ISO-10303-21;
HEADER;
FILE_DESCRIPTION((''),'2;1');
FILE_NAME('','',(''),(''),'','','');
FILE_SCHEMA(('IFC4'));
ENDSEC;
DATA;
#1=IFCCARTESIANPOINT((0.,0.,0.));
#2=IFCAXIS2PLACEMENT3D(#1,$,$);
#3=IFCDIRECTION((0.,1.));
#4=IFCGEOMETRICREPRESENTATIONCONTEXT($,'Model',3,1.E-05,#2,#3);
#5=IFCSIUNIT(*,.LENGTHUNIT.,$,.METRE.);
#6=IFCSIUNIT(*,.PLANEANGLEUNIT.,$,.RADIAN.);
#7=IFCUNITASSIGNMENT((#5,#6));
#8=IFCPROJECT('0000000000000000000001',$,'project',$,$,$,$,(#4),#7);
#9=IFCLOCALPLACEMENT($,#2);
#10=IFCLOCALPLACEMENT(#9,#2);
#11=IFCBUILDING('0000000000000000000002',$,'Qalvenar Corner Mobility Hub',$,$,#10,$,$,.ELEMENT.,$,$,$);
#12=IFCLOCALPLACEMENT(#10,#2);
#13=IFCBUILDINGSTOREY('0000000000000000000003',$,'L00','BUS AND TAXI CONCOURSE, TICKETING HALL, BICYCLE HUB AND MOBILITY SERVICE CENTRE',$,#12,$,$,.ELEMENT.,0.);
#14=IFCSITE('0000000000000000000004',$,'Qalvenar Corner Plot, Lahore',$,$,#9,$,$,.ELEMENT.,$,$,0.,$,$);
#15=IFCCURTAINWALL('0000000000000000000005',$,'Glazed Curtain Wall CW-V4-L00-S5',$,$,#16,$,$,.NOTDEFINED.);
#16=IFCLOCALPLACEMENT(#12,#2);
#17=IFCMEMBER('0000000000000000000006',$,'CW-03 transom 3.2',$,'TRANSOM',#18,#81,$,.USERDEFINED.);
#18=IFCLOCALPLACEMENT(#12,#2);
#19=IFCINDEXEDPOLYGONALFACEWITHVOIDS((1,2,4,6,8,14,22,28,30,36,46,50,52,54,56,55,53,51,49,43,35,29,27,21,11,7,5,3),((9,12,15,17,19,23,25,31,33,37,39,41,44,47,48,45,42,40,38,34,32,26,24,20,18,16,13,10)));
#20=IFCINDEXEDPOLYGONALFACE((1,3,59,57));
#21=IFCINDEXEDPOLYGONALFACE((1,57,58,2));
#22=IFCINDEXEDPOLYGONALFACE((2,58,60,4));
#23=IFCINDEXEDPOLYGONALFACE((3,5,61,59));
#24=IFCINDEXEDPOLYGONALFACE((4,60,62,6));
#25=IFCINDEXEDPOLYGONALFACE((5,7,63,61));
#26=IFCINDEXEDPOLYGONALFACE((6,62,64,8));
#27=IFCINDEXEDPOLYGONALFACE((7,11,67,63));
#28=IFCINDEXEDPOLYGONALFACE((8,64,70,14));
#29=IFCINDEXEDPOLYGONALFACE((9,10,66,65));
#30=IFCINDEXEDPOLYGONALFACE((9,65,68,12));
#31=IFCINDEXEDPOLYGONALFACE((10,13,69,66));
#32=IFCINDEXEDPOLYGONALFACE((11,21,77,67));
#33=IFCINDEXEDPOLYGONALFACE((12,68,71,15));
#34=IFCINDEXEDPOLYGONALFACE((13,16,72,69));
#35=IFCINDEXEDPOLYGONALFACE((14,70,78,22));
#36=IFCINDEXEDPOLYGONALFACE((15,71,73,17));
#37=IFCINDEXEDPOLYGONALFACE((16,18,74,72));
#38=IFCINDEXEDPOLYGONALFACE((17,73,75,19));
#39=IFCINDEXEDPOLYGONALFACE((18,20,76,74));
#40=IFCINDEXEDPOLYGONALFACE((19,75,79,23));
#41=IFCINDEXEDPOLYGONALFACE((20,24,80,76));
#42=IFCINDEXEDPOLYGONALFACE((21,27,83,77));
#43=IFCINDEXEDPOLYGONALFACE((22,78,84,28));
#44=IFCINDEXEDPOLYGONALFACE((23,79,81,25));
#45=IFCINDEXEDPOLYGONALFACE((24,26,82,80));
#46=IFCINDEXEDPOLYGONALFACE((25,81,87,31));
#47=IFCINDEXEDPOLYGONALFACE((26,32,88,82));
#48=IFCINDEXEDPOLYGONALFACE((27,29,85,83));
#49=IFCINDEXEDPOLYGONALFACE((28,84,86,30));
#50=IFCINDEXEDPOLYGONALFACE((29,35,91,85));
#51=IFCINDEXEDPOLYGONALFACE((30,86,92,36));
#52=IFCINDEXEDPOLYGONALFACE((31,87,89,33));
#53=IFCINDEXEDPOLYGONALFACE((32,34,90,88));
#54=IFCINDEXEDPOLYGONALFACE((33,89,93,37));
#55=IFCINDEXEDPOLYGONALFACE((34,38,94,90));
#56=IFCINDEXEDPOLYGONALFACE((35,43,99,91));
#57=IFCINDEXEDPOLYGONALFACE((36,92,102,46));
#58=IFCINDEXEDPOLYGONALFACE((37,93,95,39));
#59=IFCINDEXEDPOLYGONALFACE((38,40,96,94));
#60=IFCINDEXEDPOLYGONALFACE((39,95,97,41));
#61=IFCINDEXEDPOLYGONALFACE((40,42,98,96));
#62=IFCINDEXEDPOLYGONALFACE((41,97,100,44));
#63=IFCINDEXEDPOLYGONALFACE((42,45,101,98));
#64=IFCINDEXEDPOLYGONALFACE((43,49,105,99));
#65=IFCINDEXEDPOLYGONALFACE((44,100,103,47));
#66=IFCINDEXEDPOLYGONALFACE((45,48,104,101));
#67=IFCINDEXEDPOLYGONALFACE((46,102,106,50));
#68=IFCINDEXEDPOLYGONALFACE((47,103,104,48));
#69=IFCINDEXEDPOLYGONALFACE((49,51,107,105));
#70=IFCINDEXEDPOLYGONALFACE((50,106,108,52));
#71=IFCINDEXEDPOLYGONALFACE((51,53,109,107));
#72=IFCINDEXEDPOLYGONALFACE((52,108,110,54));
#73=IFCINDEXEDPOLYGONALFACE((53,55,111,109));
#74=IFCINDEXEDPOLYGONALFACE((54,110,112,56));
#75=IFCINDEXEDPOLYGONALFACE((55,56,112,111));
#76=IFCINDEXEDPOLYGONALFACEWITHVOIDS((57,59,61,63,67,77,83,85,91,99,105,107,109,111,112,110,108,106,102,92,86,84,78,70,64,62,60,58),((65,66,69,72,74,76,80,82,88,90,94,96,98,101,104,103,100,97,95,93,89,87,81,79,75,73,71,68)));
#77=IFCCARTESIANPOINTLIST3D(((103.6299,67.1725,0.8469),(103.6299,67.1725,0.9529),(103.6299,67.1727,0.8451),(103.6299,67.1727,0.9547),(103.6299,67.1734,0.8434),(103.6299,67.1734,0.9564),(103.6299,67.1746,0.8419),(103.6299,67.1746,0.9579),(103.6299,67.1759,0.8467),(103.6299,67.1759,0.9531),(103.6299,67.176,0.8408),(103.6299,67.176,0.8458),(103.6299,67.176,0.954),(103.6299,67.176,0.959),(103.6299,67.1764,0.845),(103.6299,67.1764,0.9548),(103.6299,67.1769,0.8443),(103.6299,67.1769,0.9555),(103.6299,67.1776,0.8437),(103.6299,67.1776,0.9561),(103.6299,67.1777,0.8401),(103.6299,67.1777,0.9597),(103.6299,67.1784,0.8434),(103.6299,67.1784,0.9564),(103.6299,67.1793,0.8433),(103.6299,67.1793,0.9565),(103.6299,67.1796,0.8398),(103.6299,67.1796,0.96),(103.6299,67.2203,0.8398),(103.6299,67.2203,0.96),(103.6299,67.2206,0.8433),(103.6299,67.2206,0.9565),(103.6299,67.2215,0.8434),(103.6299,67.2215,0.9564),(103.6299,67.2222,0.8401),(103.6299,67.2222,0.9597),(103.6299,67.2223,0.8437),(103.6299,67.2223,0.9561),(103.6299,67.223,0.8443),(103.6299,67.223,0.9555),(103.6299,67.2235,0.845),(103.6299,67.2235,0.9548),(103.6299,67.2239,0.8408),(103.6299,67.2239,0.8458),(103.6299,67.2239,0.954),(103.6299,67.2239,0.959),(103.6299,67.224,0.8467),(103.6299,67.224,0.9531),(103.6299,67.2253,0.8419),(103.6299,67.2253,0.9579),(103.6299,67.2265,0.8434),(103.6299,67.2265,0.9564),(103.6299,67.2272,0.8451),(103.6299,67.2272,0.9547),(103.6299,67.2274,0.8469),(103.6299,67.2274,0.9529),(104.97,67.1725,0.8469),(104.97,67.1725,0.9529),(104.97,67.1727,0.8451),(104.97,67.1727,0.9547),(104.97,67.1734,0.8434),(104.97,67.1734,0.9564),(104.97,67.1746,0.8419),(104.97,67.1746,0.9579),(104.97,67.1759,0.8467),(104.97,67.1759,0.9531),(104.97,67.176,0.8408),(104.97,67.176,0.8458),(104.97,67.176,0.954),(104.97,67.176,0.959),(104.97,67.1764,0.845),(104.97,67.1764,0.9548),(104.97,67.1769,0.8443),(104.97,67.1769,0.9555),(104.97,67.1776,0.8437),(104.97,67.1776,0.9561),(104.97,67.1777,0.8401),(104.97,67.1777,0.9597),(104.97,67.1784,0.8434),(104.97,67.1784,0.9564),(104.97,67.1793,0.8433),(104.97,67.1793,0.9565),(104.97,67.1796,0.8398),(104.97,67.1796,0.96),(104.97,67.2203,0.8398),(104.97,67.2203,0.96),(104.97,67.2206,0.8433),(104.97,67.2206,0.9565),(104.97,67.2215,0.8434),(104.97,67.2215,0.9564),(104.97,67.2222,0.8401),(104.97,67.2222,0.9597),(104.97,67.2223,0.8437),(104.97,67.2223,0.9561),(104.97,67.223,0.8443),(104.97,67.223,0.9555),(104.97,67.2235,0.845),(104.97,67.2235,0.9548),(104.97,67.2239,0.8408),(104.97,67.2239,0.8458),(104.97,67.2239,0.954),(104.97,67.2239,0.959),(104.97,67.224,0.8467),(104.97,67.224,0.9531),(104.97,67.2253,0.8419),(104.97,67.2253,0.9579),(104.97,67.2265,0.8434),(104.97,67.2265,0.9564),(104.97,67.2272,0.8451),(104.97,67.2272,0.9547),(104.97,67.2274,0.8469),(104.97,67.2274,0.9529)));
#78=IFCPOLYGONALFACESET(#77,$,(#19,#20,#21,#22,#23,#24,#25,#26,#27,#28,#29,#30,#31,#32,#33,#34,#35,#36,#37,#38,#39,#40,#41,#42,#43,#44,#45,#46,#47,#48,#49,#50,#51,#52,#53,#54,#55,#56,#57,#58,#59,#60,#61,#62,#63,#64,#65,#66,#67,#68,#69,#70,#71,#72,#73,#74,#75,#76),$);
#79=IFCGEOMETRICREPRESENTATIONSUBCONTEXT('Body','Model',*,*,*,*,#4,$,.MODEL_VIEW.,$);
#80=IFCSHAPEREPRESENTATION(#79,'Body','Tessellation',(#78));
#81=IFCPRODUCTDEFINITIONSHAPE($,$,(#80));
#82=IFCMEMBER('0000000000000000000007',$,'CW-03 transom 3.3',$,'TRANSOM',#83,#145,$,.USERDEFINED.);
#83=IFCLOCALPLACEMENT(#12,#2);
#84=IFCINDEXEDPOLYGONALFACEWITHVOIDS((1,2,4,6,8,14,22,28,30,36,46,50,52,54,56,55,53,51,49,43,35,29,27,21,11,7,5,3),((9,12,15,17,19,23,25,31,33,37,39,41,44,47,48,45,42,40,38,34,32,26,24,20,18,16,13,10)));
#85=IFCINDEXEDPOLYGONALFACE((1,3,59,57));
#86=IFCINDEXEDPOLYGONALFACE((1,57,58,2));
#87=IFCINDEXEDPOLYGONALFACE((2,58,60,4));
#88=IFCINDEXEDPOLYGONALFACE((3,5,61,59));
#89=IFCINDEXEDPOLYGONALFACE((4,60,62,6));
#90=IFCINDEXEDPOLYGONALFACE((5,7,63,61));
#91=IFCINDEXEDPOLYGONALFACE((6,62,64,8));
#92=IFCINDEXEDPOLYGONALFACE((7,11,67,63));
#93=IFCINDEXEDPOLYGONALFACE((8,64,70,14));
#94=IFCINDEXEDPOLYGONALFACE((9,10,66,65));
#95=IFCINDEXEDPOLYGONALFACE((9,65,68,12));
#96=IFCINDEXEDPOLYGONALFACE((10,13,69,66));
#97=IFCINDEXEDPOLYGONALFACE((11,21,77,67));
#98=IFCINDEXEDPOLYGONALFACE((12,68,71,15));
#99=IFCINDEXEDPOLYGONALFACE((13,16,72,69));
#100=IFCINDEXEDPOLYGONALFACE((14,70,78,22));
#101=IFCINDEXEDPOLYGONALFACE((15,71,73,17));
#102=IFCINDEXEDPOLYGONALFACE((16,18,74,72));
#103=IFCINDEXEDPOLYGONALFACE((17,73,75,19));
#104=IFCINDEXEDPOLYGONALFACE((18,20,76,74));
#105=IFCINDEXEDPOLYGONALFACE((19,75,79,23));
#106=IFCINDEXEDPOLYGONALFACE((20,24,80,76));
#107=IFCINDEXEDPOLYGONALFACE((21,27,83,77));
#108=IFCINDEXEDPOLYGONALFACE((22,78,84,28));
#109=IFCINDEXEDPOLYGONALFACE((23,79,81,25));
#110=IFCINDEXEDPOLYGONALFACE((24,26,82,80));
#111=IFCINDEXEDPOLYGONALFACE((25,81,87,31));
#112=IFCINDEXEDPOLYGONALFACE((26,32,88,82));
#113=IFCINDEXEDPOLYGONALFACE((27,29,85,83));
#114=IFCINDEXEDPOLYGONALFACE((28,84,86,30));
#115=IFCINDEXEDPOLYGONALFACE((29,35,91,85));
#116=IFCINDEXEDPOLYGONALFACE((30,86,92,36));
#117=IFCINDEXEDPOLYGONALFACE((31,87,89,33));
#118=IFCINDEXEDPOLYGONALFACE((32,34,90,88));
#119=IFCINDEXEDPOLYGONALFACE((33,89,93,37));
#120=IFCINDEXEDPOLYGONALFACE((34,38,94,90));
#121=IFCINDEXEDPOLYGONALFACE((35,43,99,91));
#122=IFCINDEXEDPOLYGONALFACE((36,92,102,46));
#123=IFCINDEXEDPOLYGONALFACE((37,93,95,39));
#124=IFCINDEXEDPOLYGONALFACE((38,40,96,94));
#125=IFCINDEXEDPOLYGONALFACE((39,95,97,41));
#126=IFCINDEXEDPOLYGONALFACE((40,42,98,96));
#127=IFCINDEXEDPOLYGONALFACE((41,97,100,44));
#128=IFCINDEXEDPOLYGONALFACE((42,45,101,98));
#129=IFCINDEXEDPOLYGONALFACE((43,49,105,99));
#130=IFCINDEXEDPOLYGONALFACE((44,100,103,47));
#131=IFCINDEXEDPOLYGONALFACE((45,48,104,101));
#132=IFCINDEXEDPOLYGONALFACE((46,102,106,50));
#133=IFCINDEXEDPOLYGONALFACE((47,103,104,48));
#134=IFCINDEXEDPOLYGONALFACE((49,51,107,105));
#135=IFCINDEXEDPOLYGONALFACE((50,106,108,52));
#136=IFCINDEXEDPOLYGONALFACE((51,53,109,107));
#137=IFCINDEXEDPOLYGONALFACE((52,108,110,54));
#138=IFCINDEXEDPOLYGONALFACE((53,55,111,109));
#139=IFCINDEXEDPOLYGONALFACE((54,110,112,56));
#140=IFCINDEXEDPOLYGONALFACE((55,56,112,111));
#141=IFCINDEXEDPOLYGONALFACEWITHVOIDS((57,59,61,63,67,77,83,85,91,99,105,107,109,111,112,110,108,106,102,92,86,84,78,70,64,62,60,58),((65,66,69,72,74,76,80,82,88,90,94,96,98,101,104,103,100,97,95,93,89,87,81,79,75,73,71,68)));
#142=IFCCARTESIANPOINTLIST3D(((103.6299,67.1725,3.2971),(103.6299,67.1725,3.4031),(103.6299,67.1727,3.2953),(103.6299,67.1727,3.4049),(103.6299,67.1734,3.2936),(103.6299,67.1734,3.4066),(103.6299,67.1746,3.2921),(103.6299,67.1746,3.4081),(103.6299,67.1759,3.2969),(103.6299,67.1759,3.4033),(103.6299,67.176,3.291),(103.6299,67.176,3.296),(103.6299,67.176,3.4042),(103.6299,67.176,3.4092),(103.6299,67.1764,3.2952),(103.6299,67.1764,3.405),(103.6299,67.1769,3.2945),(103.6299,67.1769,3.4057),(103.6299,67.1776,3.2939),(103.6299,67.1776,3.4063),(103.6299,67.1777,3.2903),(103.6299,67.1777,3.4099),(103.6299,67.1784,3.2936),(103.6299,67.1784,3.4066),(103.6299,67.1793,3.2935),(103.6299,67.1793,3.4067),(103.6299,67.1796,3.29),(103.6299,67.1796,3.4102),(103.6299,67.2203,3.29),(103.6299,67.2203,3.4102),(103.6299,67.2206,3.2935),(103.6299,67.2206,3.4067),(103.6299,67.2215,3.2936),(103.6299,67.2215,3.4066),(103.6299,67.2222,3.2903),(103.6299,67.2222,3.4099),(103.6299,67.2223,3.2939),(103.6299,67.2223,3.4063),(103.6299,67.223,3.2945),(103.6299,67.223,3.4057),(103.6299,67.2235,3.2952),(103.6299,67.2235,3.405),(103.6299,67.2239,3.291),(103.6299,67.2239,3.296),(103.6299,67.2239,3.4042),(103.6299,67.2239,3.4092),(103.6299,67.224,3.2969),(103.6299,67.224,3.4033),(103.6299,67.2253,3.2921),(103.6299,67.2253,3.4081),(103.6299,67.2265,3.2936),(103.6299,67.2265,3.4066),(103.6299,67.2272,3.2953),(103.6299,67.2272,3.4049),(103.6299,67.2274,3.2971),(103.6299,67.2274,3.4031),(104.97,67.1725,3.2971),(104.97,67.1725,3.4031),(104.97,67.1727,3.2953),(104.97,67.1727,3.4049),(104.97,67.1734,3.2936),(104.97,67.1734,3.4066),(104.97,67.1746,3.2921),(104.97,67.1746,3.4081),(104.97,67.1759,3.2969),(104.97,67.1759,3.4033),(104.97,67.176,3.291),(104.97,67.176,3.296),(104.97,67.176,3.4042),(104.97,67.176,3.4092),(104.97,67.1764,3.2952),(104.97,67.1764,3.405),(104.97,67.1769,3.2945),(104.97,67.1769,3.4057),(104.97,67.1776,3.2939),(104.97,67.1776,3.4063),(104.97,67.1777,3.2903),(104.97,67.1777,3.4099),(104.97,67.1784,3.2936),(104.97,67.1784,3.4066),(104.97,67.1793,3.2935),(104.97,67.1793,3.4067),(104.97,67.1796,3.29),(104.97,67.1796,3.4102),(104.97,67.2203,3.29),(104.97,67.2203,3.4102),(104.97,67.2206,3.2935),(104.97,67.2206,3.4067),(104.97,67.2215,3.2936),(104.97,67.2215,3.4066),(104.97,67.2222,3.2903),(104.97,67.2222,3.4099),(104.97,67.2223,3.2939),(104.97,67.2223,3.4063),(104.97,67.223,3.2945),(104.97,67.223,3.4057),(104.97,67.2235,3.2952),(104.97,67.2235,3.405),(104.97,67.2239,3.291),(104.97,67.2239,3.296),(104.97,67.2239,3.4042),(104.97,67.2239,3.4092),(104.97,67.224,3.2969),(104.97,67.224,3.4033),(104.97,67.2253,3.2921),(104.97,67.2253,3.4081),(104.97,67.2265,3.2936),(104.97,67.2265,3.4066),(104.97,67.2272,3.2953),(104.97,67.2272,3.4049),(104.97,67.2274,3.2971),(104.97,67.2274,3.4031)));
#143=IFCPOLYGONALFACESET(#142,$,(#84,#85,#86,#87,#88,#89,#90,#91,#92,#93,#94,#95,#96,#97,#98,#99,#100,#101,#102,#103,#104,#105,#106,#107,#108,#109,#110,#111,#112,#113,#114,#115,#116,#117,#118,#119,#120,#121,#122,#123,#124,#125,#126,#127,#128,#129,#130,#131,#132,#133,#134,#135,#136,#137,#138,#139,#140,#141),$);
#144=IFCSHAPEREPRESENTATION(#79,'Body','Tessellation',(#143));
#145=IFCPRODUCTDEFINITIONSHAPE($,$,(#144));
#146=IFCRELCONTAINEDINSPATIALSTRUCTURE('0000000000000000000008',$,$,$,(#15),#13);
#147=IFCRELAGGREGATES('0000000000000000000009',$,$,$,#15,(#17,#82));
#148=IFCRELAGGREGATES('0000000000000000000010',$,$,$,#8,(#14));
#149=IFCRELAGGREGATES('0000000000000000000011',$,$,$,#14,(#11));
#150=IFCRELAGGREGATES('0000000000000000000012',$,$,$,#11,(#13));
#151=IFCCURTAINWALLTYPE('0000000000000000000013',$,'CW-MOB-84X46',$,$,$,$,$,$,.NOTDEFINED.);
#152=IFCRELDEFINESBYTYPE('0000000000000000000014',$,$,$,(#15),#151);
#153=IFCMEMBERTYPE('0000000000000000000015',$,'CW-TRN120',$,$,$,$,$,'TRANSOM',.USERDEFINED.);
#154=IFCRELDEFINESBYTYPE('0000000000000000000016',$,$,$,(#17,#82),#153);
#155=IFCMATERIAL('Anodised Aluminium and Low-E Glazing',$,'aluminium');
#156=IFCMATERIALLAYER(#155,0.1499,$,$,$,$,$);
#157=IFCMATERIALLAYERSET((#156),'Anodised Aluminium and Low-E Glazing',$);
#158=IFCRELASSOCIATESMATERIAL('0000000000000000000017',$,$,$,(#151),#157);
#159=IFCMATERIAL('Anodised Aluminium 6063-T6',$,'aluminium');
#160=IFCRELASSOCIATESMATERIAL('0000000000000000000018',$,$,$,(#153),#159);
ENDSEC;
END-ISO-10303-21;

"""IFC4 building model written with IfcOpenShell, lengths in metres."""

from ifc_helpers import new_model, si_unit, direction, frame, origin, origin_2d, place, context, subcontext, project, spatial, hollow_rectangle, extrude, material, layer, layer_set, material_profile, profile_set, type_object, element, aggregate, save


model = new_model("IFC4")

# Units and contexts
model_context = context("Model", 3, precision=1e-05, world=origin(), true_north=direction((0.0, 1.0)))
body_context = subcontext(model_context, "Body", "Model", "MODEL_VIEW")
ifc_project = project(units=[si_unit("LENGTHUNIT", "METRE"), si_unit("PLANEANGLEUNIT", "RADIAN")], contexts=[model_context])

# Site, building, storey
site_placement = place(None, origin())
site = spatial("IfcSite", under=ifc_project, at=site_placement, Name="Qalvenar Corner Plot, Lahore", CompositionType="ELEMENT", RefElevation=0.0)
building_placement = place(site_placement, origin())
building = spatial("IfcBuilding", under=site, at=building_placement, Name="Qalvenar Corner Mobility Hub", CompositionType="ELEMENT")
storey_placement = place(building_placement, origin())
storey = spatial("IfcBuildingStorey", under=building, at=storey_placement, Name="L00", Description="BUS AND TAXI CONCOURSE, TICKETING HALL, BICYCLE HUB AND MOBILITY SERVICE CENTRE", CompositionType="ELEMENT", Elevation=0.0)

# Curtain wall, members
ifc_material_1 = material(Name="Anodised Aluminium and Low-E Glazing", Category="aluminium")
ifc_layer_1 = layer(ifc_material_1, 0.1499)
ifc_layer_set_1 = layer_set([ifc_layer_1], Name="Anodised Aluminium and Low-E Glazing")
curtain_wall_type = type_object("IfcCurtainWallType", Name="CW-MOB-84X46", PredefinedType="NOTDEFINED", material=ifc_layer_set_1)
curtain_wall_placement = place(storey_placement, origin())
curtain_wall = element("IfcCurtainWall", 1, at=curtain_wall_placement, inside=storey, type_object=curtain_wall_type, Name="Glazed Curtain Wall CW-V4-L00-S5", PredefinedType="NOTDEFINED")
ifc_material_2 = material(Name="Anodised Aluminium 6063-T6", Category="aluminium")
ifc_material_profile_1 = material_profile(ifc_material_2, hollow_rectangle(XDim=0.0549, YDim=0.1201, WallThickness=0.0034, InnerFilletRadius=0.0034, OuterFilletRadius=0.0071, at=origin_2d()), Name="RHS120x55x3.5")
ifc_profile_set_1 = profile_set([ifc_material_profile_1], Name="Anodised Aluminium 6063-T6")
member_type_1 = type_object("IfcMemberType", Name="CW-TRN120", ElementType="TRANSOM", PredefinedType="USERDEFINED", material=ifc_profile_set_1)
member_1_placement = place(storey_placement, frame((103.6299, 67.2, 0.8999), z_axis=(1.0, 0.0, 0.0), x_axis=(0.0, 1.0, 0.0)))
member_1 = element("IfcMember", 2, at=member_1_placement, type_object=member_type_1, Name="CW-03 transom 3.2", ObjectType="TRANSOM", PredefinedType="USERDEFINED", context=body_context, shape_type="SweptSolid", body=[
    extrude(hollow_rectangle(XDim=0.0549, YDim=0.1201, WallThickness=0.0034, InnerFilletRadius=0.0034, OuterFilletRadius=0.0071, at=origin_2d()), origin(), (0.0, 0.0, 1.0), 1.3401),
])
member_2_placement = place(storey_placement, frame((103.6299, 67.2, 3.3501), z_axis=(1.0, 0.0, 0.0), x_axis=(0.0, 1.0, 0.0)))
member_2 = element("IfcMember", 3, at=member_2_placement, type_object=member_type_1, Name="CW-03 transom 3.3", ObjectType="TRANSOM", PredefinedType="USERDEFINED", context=body_context, shape_type="SweptSolid", body=[
    extrude(hollow_rectangle(XDim=0.0549, YDim=0.1201, WallThickness=0.0034, InnerFilletRadius=0.0034, OuterFilletRadius=0.0071, at=origin_2d()), origin(), (0.0, 0.0, 1.0), 1.3401),
])
aggregate(curtain_wall, [member_1, member_2])

save(model, "model.ifc")
